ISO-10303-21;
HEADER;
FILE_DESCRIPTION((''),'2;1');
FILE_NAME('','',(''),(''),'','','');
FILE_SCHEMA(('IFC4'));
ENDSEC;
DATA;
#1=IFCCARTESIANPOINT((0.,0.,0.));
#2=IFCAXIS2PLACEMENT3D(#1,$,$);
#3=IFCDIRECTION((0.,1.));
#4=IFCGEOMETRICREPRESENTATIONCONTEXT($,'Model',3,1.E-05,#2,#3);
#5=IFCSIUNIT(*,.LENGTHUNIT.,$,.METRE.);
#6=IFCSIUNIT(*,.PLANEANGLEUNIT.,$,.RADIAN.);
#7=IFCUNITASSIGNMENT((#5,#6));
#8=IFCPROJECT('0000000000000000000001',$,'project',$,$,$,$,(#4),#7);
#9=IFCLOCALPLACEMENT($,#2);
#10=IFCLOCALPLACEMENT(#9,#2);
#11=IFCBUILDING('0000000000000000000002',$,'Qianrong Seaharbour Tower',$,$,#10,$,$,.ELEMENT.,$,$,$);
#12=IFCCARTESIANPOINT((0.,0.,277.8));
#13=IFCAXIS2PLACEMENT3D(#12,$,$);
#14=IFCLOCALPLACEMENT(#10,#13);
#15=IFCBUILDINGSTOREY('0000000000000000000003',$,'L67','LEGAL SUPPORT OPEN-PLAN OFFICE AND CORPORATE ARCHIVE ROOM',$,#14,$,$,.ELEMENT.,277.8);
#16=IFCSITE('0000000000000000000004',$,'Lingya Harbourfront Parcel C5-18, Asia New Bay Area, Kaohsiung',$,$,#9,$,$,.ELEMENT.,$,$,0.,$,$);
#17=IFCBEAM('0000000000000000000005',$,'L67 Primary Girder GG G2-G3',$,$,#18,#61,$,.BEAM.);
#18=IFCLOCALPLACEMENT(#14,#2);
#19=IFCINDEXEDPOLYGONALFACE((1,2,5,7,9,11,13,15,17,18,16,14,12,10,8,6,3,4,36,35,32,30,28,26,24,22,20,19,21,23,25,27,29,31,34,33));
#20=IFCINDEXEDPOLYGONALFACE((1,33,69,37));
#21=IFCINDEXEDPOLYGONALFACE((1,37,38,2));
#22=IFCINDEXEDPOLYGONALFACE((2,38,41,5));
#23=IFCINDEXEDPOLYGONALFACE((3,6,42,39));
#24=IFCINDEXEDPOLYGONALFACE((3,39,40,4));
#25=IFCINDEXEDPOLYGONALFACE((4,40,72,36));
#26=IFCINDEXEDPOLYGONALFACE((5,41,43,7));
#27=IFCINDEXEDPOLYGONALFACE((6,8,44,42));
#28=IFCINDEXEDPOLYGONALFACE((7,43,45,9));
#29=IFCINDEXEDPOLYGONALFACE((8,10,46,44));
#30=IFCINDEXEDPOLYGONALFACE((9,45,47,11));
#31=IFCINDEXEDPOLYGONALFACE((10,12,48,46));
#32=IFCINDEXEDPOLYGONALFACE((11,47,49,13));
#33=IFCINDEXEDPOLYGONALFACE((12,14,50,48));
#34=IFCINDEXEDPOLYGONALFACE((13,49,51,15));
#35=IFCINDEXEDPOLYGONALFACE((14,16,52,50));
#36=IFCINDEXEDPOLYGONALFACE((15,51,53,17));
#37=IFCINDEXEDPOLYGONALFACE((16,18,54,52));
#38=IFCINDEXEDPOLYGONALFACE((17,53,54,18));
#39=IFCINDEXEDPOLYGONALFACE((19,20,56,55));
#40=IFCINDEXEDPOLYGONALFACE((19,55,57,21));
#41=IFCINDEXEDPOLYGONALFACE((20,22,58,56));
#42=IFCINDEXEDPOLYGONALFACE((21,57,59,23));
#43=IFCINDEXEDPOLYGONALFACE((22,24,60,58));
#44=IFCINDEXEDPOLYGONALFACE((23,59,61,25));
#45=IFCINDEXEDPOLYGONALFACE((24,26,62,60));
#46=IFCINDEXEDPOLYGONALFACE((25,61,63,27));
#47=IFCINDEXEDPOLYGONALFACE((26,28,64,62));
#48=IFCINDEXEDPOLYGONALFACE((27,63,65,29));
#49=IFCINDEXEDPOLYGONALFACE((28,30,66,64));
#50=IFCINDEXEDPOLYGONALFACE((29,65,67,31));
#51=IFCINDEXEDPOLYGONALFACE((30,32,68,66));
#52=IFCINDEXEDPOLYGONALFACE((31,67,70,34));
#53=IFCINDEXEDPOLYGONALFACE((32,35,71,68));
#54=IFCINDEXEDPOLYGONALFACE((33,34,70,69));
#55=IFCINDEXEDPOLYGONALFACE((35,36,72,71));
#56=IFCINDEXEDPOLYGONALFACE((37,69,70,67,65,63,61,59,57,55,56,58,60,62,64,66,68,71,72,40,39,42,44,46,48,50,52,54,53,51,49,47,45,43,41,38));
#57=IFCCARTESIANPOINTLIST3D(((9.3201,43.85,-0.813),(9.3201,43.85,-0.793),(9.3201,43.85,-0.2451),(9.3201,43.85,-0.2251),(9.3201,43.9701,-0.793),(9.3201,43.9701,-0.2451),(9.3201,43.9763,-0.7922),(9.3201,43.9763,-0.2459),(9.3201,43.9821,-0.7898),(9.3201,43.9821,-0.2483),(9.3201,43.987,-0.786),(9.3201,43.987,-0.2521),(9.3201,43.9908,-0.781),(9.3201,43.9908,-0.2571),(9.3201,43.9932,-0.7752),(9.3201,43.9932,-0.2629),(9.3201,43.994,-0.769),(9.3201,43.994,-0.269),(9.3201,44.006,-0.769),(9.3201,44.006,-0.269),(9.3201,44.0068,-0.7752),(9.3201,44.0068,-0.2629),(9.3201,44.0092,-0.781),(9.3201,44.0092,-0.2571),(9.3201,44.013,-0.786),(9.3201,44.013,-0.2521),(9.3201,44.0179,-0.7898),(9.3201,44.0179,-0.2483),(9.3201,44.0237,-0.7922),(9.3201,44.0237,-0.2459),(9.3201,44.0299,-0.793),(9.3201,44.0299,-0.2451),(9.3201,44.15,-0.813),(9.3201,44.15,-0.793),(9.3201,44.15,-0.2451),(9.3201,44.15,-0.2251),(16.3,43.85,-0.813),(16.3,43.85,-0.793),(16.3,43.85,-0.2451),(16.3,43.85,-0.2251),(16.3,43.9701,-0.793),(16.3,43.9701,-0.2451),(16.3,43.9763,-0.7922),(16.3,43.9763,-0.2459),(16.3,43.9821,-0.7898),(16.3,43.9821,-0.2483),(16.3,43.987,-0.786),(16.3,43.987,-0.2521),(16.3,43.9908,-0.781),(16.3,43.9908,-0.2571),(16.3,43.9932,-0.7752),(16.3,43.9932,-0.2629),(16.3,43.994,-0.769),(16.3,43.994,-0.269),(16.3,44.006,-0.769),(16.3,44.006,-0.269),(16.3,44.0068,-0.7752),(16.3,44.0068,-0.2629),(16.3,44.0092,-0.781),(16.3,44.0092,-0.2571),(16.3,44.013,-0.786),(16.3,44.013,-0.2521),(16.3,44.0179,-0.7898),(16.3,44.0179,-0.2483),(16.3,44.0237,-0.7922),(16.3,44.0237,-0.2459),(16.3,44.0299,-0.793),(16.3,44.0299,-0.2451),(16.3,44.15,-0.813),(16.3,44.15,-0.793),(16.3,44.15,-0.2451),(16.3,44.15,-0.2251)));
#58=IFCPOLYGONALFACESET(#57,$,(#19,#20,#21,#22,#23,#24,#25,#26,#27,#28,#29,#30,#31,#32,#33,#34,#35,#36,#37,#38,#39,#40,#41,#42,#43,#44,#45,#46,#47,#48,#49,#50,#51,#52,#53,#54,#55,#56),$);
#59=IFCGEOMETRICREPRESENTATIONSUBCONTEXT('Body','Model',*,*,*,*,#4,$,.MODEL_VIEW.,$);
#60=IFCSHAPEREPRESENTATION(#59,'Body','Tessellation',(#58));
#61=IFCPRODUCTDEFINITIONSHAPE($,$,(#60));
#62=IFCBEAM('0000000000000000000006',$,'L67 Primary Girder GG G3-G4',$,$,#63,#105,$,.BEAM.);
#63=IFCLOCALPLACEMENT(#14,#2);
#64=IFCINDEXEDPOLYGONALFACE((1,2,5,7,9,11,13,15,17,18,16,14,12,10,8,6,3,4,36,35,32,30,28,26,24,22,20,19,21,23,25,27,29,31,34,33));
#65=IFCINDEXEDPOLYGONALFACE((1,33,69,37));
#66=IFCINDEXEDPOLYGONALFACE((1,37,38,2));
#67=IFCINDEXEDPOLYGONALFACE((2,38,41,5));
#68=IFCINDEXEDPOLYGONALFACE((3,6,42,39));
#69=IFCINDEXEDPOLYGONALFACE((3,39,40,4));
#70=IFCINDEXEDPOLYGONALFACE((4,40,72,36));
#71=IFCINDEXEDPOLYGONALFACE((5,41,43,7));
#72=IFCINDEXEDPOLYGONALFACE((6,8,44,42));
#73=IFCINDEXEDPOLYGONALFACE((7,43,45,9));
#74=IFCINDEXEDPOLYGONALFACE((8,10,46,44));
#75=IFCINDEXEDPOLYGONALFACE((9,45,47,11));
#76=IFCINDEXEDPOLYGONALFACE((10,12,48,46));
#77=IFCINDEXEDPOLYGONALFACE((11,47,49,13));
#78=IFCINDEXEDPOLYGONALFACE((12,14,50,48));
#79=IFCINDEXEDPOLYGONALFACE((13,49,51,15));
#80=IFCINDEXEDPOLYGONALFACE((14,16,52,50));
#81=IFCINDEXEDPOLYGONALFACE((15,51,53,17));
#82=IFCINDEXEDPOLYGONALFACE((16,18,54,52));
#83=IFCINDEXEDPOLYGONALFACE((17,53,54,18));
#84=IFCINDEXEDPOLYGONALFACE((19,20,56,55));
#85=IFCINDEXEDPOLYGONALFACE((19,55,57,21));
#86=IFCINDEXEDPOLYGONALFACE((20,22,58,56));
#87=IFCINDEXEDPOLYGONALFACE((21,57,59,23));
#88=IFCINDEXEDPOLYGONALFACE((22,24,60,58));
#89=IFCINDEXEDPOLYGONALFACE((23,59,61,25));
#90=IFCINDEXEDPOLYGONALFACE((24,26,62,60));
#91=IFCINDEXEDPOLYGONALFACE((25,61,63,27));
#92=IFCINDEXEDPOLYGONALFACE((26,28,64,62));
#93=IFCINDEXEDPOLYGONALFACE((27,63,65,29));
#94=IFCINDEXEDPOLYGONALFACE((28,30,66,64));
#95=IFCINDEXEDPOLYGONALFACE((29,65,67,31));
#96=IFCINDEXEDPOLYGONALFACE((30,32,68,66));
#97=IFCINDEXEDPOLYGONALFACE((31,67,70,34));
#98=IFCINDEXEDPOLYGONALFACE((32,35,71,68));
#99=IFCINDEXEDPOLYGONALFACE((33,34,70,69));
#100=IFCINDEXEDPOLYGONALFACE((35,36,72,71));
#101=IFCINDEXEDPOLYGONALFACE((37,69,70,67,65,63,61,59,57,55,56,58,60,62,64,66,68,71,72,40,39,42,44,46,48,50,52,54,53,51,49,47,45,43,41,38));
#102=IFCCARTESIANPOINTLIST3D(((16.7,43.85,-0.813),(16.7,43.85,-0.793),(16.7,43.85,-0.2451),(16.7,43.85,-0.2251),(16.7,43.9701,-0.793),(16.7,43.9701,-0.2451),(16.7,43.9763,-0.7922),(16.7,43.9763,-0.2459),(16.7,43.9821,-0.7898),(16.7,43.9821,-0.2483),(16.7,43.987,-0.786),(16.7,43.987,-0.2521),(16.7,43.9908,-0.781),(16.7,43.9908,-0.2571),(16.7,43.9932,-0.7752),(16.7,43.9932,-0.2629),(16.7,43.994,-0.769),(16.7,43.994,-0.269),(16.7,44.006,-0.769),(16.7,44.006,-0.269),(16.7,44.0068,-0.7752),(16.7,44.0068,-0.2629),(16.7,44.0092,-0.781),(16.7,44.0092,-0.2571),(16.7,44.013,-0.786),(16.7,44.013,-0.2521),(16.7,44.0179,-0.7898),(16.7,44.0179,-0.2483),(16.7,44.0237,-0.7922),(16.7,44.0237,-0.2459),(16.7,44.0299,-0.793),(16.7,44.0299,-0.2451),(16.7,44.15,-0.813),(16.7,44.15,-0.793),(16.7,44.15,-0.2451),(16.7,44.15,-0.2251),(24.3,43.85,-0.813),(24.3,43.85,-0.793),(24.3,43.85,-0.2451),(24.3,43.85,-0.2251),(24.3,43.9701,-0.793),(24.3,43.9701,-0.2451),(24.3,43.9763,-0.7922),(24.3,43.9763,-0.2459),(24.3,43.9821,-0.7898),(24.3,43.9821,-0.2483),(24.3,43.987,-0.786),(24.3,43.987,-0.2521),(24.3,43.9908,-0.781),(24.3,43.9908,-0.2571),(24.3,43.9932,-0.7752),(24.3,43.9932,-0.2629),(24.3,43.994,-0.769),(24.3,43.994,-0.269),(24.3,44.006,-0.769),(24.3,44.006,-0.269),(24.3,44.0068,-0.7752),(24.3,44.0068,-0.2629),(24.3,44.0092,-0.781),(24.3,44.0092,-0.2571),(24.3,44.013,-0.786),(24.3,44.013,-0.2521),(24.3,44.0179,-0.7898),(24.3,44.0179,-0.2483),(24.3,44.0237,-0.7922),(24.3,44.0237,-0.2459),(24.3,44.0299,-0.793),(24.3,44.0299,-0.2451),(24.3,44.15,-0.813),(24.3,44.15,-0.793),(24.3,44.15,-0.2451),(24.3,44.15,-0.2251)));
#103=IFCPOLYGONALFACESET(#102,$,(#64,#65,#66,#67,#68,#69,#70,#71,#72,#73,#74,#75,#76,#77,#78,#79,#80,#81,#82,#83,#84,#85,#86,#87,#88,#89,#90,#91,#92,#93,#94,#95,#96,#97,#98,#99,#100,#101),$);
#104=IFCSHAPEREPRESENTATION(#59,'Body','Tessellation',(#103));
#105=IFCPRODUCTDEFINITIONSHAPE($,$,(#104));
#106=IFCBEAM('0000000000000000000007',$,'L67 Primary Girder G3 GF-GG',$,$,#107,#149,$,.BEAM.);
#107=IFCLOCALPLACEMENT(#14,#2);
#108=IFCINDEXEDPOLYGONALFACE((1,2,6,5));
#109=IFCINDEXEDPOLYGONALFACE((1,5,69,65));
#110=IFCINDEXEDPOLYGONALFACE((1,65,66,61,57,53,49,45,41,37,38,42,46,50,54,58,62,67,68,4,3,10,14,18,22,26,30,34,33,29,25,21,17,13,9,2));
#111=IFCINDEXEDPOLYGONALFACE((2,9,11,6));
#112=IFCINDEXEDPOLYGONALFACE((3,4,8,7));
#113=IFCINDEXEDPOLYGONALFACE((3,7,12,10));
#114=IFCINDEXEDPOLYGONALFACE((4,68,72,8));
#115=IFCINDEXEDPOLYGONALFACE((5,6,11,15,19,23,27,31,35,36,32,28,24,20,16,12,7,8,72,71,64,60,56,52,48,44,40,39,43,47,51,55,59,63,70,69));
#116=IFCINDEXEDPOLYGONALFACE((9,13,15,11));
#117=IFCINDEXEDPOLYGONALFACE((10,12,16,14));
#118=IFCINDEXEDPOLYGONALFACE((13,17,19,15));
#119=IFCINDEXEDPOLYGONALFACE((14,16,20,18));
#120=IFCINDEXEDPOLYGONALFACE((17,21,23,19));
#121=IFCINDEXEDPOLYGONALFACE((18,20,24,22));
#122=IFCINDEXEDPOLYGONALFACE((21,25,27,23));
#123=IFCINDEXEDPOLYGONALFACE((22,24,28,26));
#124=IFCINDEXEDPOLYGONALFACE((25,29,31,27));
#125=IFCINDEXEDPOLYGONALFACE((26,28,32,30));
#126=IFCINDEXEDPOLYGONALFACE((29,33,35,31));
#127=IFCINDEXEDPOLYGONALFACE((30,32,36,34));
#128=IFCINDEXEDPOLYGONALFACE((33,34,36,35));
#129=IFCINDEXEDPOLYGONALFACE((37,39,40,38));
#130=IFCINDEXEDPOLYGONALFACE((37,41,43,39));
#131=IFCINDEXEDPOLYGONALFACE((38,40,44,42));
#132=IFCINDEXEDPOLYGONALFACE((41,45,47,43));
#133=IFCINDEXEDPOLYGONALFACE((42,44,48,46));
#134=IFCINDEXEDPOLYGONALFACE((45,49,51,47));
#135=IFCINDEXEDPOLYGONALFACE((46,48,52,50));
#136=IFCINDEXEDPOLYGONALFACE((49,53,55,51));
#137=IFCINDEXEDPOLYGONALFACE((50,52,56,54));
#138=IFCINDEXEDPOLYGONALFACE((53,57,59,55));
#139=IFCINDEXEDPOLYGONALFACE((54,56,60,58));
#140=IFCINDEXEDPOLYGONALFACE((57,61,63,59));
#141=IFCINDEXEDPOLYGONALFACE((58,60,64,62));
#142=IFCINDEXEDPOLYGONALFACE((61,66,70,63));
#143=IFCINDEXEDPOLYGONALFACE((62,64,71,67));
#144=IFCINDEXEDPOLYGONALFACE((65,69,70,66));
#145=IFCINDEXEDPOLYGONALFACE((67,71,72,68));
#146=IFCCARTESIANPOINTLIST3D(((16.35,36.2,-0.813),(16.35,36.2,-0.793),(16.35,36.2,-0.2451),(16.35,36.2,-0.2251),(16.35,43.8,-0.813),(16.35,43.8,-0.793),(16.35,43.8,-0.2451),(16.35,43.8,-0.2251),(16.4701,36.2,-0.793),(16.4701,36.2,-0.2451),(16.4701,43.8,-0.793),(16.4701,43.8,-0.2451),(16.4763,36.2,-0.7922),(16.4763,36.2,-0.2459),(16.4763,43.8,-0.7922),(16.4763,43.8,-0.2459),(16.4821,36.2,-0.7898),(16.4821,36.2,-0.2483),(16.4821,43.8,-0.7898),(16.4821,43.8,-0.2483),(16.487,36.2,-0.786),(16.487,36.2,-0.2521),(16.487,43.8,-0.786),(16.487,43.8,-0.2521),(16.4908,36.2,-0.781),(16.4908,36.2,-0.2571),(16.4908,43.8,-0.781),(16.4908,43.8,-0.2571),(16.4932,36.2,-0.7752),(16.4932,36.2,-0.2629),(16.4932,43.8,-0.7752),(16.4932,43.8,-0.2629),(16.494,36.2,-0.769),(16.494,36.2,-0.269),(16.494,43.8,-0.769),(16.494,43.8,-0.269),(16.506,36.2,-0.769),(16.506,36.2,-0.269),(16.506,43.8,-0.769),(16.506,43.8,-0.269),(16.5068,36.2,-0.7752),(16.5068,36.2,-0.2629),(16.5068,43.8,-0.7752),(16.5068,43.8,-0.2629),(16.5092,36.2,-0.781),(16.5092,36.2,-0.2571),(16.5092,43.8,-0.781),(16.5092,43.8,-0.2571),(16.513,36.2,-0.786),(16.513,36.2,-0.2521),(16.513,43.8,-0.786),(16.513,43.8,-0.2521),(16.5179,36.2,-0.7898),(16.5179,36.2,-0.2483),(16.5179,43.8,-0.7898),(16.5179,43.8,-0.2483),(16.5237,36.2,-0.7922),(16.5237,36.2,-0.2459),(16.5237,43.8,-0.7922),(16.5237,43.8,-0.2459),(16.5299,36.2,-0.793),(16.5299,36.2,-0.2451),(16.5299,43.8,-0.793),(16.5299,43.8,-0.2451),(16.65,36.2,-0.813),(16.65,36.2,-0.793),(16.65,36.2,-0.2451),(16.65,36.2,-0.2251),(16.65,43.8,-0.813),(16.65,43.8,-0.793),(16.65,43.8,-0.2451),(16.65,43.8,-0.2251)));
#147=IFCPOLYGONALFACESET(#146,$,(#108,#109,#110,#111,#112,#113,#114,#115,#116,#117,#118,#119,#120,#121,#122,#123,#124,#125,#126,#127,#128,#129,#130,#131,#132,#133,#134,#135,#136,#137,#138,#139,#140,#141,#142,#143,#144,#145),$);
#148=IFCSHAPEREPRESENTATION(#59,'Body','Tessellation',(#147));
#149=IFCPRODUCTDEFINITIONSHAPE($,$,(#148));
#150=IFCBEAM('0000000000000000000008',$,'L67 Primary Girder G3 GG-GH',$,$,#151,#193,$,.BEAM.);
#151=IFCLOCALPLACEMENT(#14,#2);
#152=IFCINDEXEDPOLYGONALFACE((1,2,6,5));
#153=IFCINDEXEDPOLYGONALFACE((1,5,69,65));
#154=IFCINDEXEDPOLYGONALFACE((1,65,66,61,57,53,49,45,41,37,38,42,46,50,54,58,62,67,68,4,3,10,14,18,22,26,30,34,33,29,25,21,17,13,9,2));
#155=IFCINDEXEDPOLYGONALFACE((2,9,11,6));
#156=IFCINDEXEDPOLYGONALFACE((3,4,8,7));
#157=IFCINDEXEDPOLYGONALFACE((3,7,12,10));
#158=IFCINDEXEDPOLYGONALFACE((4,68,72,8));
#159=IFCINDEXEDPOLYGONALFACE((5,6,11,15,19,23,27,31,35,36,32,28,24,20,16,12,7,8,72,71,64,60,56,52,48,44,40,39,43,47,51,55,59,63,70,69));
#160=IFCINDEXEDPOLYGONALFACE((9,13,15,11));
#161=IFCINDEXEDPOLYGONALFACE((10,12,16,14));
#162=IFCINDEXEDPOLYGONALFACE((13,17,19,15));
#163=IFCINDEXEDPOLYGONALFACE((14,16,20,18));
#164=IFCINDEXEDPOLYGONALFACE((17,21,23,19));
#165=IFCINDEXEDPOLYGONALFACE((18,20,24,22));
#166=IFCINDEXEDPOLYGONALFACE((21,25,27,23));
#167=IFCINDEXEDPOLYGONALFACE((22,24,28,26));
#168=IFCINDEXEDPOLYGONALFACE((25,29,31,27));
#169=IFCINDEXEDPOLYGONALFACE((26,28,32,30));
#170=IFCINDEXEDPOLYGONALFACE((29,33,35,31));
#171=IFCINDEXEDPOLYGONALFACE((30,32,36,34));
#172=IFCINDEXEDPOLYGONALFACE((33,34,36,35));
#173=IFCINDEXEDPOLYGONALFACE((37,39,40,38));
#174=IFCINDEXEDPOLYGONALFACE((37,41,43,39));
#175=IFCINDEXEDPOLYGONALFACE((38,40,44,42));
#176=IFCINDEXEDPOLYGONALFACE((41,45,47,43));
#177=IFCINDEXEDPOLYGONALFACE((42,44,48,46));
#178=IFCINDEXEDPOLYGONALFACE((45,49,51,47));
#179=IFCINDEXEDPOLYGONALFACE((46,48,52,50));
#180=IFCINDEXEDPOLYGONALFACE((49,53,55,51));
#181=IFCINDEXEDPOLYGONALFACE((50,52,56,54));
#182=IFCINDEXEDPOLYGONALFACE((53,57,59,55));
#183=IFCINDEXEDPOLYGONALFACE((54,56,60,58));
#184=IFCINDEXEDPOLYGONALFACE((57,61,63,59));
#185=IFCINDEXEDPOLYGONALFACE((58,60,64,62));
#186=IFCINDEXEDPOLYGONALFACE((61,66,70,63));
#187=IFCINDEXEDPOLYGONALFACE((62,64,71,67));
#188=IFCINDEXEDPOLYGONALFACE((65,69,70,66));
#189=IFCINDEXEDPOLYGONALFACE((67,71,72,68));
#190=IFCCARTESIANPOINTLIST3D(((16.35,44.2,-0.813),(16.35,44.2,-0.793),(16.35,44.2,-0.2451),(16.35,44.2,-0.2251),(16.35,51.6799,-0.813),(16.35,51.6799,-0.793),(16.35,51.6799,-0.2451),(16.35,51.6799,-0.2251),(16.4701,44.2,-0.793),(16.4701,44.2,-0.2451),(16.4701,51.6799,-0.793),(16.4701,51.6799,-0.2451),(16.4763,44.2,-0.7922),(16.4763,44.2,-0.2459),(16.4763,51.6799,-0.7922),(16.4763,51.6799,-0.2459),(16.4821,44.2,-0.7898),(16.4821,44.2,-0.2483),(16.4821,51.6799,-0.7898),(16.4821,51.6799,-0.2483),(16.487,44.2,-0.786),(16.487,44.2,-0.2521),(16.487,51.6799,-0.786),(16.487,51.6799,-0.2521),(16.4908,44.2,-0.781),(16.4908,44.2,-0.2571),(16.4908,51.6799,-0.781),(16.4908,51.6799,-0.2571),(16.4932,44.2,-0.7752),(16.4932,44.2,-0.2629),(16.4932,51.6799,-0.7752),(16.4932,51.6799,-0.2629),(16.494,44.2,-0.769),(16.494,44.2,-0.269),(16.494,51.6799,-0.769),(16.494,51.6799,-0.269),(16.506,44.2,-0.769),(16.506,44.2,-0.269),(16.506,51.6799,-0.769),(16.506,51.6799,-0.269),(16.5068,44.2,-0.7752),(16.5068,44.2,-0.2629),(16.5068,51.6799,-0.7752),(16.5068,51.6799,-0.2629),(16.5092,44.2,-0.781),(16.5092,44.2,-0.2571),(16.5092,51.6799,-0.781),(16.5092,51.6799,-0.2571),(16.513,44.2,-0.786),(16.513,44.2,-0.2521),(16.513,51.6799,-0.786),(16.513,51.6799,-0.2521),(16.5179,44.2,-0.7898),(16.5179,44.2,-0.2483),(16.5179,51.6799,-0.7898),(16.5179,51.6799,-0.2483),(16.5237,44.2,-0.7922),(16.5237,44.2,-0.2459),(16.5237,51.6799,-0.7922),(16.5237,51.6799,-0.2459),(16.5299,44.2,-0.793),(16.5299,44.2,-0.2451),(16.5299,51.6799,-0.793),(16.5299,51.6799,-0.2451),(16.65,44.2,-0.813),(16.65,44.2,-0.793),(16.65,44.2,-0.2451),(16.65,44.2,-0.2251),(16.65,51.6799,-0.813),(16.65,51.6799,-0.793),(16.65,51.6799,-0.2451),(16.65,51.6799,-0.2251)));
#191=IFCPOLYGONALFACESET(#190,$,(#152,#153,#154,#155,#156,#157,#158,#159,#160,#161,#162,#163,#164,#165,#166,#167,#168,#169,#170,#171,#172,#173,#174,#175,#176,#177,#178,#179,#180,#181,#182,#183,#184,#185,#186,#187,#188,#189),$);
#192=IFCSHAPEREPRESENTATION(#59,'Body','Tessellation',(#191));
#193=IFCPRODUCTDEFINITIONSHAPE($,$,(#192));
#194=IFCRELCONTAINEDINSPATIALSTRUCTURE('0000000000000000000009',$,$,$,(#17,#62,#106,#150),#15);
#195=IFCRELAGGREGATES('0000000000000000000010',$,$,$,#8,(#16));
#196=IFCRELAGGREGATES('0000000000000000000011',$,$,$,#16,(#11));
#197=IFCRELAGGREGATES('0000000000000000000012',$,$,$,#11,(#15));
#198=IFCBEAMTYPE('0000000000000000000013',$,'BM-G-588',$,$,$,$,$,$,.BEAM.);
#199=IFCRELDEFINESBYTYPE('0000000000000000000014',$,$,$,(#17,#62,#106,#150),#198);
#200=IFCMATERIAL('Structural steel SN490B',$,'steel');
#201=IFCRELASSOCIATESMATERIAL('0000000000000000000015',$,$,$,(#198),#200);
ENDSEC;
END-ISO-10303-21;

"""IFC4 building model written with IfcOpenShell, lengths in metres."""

from ifc_helpers import new_model, si_unit, direction, frame, origin, origin_2d, place, context, subcontext, project, spatial, i_section, extrude, material, material_profile, profile_set, type_object, element, save


model = new_model("IFC4")

# Units and contexts
model_context = context("Model", 3, precision=1e-05, world=origin(), true_north=direction((0.0, 1.0)))
body_context = subcontext(model_context, "Body", "Model", "MODEL_VIEW")
ifc_project = project(units=[si_unit("LENGTHUNIT", "METRE"), si_unit("PLANEANGLEUNIT", "RADIAN")], contexts=[model_context])

# Site, building, storey
site_placement = place(None, origin())
site = spatial("IfcSite", under=ifc_project, at=site_placement, Name="Lingya Harbourfront Parcel C5-18, Asia New Bay Area, Kaohsiung", CompositionType="ELEMENT", RefElevation=0.0)
building_placement = place(site_placement, origin())
building = spatial("IfcBuilding", under=site, at=building_placement, Name="Qianrong Seaharbour Tower", CompositionType="ELEMENT")
storey_placement = place(building_placement, frame((0.0, 0.0, 277.8)))
storey = spatial("IfcBuildingStorey", under=building, at=storey_placement, Name="L67", Description="LEGAL SUPPORT OPEN-PLAN OFFICE AND CORPORATE ARCHIVE ROOM", CompositionType="ELEMENT", Elevation=277.8)

# Shared definitions
ifc_material_1 = material(Name="Structural steel SN490B", Category="steel")

# Beams
ifc_material_profile_1 = material_profile(ifc_material_1, i_section(OverallWidth=0.3, OverallDepth=0.5879, WebThickness=0.012, FlangeThickness=0.02, FilletRadius=0.0239, at=origin_2d()), Name="H588x300x12x20")
ifc_profile_set_1 = profile_set([ifc_material_profile_1], Name="Structural steel SN490B")
beam_type_1 = type_object("IfcBeamType", Name="BM-G-588", PredefinedType="BEAM", material=ifc_profile_set_1)
beam_1_placement = place(storey_placement, frame((9.3201, 44.0, -0.519), z_axis=(1.0, 0.0, 0.0), x_axis=(0.0, 1.0, 0.0)))
element("IfcBeam", 1, at=beam_1_placement, inside=storey, type_object=beam_type_1, Name="L67 Primary Girder GG G2-G3", PredefinedType="BEAM", context=body_context, shape_type="SweptSolid", body=[
    extrude(i_section(OverallWidth=0.3, OverallDepth=0.5879, WebThickness=0.012, FlangeThickness=0.02, FilletRadius=0.0239, at=origin_2d()), origin(), (0.0, 0.0, 1.0), 6.98),
])
for number, where, z_axis, x_axis, name in (
    (2, (16.7, 44.0, -0.519), (1.0, 0.0, 0.0), (0.0, 1.0, 0.0), "L67 Primary Girder GG G3-G4"),
    (3, (16.5, 36.2, -0.519), (0.0, 1.0, 0.0), (-1.0, 0.0, 0.0), "L67 Primary Girder G3 GF-GG"),
):
    element("IfcBeam", number, at=place(storey_placement, frame(where, z_axis=z_axis, x_axis=x_axis)), inside=storey, type_object=beam_type_1, Name=name, PredefinedType="BEAM", context=body_context, shape_type="SweptSolid", body=[
        extrude(i_section(OverallWidth=0.3, OverallDepth=0.5879, WebThickness=0.012, FlangeThickness=0.02, FilletRadius=0.0239, at=origin_2d()), origin(), (0.0, 0.0, 1.0), 7.6001),
    ])
beam_2_placement = place(storey_placement, frame((16.5, 44.2, -0.519), z_axis=(0.0, 1.0, 0.0), x_axis=(-1.0, 0.0, 0.0)))
element("IfcBeam", 4, at=beam_2_placement, inside=storey, type_object=beam_type_1, Name="L67 Primary Girder G3 GG-GH", PredefinedType="BEAM", context=body_context, shape_type="SweptSolid", body=[
    extrude(i_section(OverallWidth=0.3, OverallDepth=0.5879, WebThickness=0.012, FlangeThickness=0.02, FilletRadius=0.0239, at=origin_2d()), origin(), (0.0, 0.0, 1.0), 7.48),
])

save(model, "model.ifc")
